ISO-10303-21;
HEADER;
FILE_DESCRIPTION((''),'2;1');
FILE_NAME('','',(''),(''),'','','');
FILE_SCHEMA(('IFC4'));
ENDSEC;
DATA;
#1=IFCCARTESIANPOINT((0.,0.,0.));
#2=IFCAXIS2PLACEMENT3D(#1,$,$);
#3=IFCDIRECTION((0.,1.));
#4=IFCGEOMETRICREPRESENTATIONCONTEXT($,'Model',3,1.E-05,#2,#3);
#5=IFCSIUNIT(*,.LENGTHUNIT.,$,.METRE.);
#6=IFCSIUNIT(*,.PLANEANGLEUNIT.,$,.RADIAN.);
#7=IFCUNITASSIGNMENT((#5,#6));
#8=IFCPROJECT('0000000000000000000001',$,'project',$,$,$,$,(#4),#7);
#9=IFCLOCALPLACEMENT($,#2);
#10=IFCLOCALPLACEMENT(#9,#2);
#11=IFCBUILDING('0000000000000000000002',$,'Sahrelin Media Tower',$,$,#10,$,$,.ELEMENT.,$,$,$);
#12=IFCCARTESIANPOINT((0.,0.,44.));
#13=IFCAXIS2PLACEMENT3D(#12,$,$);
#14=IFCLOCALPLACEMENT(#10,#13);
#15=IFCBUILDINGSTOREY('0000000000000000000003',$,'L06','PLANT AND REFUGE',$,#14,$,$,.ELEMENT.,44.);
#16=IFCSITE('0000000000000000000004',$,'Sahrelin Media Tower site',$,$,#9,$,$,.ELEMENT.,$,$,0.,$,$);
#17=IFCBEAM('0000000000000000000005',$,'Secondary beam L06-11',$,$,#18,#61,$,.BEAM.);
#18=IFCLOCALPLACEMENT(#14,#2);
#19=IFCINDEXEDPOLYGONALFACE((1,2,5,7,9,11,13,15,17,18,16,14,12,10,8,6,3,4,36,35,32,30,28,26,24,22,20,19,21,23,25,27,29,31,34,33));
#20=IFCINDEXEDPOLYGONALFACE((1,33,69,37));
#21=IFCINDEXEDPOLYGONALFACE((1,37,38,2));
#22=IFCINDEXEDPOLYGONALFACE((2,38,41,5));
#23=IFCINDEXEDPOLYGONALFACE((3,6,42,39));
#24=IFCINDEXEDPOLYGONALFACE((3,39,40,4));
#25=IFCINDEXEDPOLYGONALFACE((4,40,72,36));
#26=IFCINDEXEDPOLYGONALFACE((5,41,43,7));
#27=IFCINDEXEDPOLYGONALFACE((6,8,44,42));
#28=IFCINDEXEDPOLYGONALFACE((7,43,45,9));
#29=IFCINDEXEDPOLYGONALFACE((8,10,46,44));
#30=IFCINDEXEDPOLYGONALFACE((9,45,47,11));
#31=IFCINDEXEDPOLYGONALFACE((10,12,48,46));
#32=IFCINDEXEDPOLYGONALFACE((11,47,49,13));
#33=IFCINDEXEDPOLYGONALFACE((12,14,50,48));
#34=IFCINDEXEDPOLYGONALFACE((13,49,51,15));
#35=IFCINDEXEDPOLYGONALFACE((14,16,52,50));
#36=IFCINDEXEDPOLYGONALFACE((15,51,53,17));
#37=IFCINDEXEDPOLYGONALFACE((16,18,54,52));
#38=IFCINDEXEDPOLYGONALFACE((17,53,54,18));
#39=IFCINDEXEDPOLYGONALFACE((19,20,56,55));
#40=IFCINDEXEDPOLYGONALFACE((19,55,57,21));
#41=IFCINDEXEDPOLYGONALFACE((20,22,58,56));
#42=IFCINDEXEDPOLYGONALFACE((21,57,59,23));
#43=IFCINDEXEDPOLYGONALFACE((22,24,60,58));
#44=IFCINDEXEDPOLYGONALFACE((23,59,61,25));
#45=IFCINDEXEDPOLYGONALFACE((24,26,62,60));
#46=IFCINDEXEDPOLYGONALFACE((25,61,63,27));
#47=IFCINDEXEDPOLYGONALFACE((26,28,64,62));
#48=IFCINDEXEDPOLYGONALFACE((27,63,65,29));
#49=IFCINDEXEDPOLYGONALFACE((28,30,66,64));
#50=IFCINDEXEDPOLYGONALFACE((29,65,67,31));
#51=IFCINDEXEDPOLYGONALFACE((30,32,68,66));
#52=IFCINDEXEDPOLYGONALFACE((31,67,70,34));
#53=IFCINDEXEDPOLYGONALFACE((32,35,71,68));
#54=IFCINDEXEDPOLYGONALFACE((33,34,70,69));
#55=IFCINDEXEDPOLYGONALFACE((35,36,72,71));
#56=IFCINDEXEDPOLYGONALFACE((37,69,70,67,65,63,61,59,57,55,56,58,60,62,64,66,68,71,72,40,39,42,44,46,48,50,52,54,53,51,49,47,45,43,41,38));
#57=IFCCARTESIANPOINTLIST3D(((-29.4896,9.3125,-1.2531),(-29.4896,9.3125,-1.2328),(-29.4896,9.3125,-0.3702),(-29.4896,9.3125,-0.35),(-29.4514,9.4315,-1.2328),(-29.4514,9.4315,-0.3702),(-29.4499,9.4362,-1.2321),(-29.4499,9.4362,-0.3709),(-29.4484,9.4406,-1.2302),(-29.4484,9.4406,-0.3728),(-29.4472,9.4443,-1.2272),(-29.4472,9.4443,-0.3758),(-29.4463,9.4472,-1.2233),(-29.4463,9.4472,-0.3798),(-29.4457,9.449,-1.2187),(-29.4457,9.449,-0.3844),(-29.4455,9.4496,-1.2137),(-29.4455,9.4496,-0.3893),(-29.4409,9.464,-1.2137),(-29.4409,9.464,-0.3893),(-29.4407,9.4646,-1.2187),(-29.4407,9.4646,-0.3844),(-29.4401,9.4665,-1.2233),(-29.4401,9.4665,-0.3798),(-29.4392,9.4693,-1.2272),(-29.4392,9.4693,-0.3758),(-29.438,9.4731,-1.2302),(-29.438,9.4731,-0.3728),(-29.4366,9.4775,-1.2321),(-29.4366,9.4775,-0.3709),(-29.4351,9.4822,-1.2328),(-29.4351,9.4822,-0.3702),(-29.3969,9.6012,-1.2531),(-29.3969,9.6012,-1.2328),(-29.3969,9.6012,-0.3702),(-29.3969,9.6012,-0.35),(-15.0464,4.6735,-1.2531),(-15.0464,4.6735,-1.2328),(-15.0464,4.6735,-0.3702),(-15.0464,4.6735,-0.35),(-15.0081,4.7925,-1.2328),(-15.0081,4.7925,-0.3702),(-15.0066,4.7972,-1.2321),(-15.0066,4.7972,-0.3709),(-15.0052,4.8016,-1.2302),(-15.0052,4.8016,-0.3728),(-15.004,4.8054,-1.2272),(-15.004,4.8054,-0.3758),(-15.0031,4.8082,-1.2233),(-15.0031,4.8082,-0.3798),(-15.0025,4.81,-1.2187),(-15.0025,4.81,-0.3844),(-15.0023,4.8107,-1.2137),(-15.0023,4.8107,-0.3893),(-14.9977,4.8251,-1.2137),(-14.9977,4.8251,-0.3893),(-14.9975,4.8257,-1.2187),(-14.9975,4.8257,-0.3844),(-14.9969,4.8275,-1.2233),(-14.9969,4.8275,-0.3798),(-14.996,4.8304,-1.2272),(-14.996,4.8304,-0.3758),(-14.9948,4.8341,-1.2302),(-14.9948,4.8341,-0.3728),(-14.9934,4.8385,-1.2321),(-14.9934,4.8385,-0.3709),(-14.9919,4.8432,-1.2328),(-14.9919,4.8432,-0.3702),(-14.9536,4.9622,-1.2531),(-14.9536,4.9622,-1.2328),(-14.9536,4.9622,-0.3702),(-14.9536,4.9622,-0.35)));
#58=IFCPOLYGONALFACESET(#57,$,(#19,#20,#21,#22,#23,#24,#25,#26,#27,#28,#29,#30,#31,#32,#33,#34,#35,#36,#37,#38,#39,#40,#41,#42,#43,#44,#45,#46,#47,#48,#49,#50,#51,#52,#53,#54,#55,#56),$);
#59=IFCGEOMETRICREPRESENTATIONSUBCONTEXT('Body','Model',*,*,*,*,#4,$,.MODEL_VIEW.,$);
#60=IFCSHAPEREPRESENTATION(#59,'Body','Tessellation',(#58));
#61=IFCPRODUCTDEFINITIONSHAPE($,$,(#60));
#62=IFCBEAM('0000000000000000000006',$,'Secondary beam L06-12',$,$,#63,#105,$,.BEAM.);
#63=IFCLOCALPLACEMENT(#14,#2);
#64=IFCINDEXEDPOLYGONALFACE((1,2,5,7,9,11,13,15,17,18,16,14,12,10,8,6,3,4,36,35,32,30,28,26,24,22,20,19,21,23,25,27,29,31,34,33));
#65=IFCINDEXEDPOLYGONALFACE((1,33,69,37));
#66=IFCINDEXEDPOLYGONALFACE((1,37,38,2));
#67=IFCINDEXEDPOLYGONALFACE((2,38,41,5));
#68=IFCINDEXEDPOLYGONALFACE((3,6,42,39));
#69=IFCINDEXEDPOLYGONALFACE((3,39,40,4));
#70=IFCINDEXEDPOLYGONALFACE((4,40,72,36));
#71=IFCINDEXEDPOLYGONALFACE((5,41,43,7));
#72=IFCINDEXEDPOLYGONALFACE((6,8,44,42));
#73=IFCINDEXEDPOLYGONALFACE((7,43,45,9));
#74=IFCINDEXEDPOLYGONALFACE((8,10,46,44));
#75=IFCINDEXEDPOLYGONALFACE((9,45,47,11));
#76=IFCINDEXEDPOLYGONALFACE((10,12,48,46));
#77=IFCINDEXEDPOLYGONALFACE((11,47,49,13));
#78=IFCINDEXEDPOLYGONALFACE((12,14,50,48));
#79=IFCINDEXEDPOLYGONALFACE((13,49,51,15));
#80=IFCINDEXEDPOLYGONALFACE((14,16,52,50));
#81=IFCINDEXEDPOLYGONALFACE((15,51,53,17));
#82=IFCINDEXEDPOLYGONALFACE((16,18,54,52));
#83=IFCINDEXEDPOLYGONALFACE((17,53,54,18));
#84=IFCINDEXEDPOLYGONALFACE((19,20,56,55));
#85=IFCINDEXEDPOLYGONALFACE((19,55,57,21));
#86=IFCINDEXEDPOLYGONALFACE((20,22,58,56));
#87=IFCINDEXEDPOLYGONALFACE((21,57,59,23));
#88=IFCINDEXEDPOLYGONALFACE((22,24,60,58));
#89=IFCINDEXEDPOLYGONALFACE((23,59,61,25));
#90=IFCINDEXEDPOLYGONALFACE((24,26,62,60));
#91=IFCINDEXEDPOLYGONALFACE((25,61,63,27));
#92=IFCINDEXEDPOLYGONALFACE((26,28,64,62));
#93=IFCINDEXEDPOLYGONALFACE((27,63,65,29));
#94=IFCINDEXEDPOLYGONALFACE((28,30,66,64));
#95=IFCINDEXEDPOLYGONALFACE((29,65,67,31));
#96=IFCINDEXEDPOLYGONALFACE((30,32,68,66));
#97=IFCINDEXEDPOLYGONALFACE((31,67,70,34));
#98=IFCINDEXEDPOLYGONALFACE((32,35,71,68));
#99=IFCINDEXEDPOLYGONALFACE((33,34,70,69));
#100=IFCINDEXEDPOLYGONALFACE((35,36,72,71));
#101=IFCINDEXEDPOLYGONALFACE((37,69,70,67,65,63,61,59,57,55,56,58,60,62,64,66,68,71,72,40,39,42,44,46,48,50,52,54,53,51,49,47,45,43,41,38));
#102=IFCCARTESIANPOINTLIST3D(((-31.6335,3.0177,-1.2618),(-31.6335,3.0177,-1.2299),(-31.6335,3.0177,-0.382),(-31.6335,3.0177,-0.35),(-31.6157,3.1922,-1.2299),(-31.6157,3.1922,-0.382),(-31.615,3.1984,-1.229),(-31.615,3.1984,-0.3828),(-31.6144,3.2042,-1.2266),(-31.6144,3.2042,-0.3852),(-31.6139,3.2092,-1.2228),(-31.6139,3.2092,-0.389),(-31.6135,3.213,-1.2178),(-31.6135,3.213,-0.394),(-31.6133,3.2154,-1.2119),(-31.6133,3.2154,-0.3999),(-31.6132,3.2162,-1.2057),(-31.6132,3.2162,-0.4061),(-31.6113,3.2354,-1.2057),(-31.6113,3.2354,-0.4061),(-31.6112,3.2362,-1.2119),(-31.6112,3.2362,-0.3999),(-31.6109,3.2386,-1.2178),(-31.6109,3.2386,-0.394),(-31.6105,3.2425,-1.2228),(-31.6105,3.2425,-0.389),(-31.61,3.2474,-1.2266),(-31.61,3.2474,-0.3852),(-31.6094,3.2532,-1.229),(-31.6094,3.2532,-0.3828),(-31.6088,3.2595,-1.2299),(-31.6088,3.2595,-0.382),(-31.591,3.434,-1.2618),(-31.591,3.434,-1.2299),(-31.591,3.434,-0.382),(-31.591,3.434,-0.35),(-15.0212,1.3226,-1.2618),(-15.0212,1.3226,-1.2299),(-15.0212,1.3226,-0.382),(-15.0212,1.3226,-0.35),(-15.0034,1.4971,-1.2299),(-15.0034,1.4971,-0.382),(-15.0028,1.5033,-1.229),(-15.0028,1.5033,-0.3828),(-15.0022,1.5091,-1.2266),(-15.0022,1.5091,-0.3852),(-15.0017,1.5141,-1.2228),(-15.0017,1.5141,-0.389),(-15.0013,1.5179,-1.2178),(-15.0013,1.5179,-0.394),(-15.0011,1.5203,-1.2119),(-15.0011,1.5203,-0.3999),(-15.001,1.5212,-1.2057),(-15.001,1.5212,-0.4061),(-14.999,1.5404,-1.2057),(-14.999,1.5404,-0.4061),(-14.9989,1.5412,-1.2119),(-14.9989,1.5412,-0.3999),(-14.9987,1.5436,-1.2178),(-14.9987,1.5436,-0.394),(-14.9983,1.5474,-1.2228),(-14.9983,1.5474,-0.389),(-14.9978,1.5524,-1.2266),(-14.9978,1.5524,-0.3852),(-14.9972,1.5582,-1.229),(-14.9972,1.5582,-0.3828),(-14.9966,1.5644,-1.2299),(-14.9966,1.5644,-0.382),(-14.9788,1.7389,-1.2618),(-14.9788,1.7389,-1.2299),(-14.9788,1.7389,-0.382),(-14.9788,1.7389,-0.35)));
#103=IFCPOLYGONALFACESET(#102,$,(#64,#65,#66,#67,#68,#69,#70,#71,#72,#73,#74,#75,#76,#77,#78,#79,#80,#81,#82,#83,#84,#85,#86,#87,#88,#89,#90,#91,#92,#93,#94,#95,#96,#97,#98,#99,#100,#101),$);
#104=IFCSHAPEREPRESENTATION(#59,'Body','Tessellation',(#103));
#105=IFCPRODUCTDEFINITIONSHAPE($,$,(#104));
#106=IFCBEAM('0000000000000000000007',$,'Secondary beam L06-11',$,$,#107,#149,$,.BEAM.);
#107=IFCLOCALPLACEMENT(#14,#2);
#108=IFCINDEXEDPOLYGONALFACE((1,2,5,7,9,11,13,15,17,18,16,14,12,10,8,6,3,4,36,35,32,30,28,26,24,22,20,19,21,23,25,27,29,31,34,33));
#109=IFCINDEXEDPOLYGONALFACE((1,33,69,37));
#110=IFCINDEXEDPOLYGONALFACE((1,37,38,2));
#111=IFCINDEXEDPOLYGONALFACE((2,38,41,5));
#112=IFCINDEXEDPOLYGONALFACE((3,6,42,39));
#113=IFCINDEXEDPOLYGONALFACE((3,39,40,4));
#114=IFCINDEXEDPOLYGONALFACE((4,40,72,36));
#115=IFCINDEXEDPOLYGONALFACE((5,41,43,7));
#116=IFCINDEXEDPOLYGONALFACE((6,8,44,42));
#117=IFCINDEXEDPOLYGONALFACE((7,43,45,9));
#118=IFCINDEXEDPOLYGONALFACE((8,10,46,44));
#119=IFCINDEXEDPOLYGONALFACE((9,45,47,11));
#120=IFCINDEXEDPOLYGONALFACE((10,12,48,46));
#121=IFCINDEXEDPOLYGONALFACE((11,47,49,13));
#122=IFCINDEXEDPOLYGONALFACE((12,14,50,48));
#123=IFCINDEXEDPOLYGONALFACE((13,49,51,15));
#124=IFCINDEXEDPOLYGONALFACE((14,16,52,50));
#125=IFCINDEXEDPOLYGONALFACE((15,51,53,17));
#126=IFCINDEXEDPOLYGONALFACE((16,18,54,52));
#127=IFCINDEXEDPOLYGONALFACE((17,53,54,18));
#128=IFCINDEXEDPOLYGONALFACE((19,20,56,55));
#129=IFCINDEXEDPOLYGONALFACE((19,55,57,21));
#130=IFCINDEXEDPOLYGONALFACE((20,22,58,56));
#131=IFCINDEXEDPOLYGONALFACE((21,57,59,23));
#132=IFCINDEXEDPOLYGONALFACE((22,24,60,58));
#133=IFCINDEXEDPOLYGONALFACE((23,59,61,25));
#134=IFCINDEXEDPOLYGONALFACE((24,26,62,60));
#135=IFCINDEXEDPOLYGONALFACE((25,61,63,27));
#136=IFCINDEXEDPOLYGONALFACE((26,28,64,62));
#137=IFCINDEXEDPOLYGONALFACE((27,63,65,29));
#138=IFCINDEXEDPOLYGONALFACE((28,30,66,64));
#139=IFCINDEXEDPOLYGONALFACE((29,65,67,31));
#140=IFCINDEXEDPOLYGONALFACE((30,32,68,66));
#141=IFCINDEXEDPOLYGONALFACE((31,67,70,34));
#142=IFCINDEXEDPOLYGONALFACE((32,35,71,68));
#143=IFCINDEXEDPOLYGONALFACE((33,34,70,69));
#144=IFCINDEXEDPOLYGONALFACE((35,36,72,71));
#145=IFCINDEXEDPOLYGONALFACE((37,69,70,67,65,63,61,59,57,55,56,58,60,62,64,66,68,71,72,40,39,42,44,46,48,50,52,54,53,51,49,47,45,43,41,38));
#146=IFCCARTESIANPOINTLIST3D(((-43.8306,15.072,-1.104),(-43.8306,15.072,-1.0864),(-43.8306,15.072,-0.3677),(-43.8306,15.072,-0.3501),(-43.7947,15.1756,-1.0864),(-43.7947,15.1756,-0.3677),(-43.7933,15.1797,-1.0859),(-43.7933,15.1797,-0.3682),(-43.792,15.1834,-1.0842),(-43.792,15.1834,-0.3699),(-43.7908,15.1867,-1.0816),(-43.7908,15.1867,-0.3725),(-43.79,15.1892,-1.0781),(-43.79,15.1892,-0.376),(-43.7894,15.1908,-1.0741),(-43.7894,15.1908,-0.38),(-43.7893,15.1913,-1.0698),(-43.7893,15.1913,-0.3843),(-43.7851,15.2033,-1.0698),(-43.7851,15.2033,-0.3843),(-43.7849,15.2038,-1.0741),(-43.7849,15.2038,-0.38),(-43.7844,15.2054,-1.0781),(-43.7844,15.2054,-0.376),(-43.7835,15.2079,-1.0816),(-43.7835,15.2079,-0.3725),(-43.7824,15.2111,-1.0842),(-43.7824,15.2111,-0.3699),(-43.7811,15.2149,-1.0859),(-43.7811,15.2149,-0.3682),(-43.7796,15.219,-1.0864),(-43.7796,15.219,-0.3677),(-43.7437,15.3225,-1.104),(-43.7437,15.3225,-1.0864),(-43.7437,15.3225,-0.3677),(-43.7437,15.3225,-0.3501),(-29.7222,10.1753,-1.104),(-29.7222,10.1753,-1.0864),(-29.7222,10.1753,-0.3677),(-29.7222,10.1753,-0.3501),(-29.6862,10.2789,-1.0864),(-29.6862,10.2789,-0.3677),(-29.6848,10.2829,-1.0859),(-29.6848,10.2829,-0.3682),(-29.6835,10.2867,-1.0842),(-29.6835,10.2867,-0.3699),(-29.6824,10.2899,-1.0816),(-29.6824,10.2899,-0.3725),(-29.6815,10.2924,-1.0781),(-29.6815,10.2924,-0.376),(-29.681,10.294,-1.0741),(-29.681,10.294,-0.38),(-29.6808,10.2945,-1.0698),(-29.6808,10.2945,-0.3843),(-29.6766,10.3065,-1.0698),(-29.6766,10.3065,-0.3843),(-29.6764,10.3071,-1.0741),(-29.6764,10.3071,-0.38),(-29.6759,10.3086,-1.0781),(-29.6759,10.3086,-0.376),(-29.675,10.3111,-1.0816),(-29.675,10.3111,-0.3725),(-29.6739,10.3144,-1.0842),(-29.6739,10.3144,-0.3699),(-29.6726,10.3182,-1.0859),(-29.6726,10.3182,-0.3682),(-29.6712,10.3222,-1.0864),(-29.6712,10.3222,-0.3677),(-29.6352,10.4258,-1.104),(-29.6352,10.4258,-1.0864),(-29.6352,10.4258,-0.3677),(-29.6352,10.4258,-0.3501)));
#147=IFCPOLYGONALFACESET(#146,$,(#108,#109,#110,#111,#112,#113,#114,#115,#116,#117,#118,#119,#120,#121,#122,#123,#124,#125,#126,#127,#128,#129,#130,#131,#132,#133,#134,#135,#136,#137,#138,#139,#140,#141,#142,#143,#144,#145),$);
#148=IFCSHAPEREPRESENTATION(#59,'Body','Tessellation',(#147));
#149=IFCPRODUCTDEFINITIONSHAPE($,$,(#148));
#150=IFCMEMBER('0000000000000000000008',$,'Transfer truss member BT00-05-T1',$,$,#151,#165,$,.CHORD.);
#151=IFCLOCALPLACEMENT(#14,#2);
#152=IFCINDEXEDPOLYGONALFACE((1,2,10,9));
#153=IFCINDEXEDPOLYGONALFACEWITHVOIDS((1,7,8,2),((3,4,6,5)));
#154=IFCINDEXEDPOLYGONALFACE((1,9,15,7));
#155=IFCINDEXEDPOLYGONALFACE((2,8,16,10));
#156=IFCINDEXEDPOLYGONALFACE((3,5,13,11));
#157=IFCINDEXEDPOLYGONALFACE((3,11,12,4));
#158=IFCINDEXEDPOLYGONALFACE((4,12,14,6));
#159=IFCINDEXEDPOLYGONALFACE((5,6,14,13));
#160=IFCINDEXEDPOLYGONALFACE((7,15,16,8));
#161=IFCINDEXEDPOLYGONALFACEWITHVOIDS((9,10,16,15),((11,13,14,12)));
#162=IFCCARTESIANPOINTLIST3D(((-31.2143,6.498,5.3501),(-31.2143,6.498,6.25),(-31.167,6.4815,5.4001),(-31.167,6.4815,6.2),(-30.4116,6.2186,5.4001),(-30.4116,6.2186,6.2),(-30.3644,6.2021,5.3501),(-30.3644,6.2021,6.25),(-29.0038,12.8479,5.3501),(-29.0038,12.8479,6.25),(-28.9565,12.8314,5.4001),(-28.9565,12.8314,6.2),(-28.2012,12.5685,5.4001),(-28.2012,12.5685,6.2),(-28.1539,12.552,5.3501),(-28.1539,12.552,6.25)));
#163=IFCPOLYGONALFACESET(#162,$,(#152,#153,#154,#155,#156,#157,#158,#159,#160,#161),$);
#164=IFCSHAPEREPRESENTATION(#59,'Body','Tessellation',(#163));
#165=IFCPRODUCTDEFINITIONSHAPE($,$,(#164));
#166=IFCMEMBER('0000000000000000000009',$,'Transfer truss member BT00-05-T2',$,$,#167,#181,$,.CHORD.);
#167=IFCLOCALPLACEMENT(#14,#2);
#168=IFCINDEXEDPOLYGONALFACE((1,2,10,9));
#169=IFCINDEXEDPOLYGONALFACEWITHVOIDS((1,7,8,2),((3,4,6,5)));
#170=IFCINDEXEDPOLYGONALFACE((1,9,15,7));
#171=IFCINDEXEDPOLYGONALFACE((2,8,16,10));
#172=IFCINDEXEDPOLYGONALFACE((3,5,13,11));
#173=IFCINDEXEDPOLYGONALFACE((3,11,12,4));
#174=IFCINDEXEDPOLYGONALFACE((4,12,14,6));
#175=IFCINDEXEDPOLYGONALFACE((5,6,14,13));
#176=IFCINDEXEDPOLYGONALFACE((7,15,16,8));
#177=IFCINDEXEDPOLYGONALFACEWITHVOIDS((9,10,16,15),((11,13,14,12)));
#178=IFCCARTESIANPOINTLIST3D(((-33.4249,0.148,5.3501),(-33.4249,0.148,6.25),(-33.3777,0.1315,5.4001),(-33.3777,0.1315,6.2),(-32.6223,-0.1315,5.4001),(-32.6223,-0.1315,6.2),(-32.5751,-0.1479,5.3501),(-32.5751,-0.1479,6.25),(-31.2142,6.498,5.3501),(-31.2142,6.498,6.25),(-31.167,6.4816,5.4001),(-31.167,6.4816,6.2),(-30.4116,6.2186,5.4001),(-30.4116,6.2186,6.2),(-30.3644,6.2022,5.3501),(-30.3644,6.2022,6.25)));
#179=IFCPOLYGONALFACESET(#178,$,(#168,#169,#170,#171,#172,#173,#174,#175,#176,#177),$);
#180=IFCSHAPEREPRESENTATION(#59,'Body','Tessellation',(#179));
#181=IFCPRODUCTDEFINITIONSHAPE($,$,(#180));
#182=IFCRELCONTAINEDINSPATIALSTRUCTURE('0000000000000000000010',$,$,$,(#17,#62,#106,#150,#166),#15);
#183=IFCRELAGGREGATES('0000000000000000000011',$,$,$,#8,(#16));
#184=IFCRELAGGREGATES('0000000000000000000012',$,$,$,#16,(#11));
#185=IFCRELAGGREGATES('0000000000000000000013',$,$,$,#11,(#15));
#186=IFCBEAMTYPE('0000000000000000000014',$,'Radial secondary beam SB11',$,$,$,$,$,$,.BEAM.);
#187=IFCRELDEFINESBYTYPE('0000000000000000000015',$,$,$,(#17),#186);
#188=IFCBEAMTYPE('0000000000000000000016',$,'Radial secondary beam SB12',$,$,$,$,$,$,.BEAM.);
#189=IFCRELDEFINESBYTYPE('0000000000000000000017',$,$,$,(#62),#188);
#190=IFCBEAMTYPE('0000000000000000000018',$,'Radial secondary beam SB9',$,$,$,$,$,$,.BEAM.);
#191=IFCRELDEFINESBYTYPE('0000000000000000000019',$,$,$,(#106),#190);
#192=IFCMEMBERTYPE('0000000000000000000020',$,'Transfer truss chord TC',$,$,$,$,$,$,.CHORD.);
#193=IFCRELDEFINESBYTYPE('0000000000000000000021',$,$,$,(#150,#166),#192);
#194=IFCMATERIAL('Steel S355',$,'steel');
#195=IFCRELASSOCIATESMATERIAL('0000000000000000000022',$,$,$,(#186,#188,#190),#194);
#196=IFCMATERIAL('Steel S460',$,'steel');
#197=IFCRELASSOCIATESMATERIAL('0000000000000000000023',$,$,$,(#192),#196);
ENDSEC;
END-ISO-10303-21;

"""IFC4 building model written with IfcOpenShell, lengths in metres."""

from ifc_helpers import new_model, si_unit, direction, frame, origin, origin_2d, place, context, subcontext, project, spatial, hollow_rectangle, i_section, extrude, material, material_profile, profile_set, type_object, element, save


model = new_model("IFC4")

# Units and contexts
model_context = context("Model", 3, precision=1e-05, world=origin(), true_north=direction((0.0, 1.0)))
body_context = subcontext(model_context, "Body", "Model", "MODEL_VIEW")
ifc_project = project(units=[si_unit("LENGTHUNIT", "METRE"), si_unit("PLANEANGLEUNIT", "RADIAN")], contexts=[model_context])

# Site, building, storey
site_placement = place(None, origin())
site = spatial("IfcSite", under=ifc_project, at=site_placement, Name="Sahrelin Media Tower site", CompositionType="ELEMENT", RefElevation=0.0)
building_placement = place(site_placement, origin())
building = spatial("IfcBuilding", under=site, at=building_placement, Name="Sahrelin Media Tower", CompositionType="ELEMENT")
storey_placement = place(building_placement, frame((0.0, 0.0, 44.0)))
storey = spatial("IfcBuildingStorey", under=building, at=storey_placement, Name="L06", Description="PLANT AND REFUGE", CompositionType="ELEMENT", Elevation=44.0)

# Shared definitions
ifc_material_1 = material(Name="Steel S460", Category="steel")

# Beams
ifc_material_2 = material(Name="Steel S355", Category="steel")
ifc_material_profile_1 = material_profile(ifc_material_2, i_section(OverallWidth=0.3032, OverallDepth=0.9031, WebThickness=0.0151, FlangeThickness=0.0203, FilletRadius=0.019, at=origin_2d()), Name="UB 914x305x201")
ifc_profile_set_1 = profile_set([ifc_material_profile_1], Name="Steel S355")
beam_type_1 = type_object("IfcBeamType", Name="Radial secondary beam SB11", PredefinedType="BEAM", material=ifc_profile_set_1)
beam_1_placement = place(storey_placement, frame((-15.0, 4.8179, -0.8015), z_axis=(-0.952096, 0.305799, 0.0), x_axis=(-0.305799, -0.952096, 0.0)))
element("IfcBeam", 1, at=beam_1_placement, inside=storey, type_object=beam_type_1, Name="Secondary beam L06-11", PredefinedType="BEAM", context=body_context, shape_type="SweptSolid", body=[
    extrude(i_section(OverallWidth=0.3032, OverallDepth=0.9031, WebThickness=0.0151, FlangeThickness=0.0203, FilletRadius=0.019, at=origin_2d()), origin(), (0.0, 0.0, 1.0), 15.1699),
])
ifc_material_profile_2 = material_profile(ifc_material_2, i_section(OverallWidth=0.4185, OverallDepth=0.9119, WebThickness=0.0193, FlangeThickness=0.032, FilletRadius=0.0242, at=origin_2d()), Name="UB 914x419x343")
ifc_profile_set_2 = profile_set([ifc_material_profile_2], Name="Steel S355")
beam_type_2 = type_object("IfcBeamType", Name="Radial secondary beam SB12", PredefinedType="BEAM", material=ifc_profile_set_2)
beam_2_placement = place(storey_placement, frame((-15.0, 1.5308, -0.8059), z_axis=(-0.994835, 0.10151, 0.0), x_axis=(-0.10151, -0.994835, 0.0)))
element("IfcBeam", 2, at=beam_2_placement, inside=storey, type_object=beam_type_2, Name="Secondary beam L06-12", PredefinedType="BEAM", context=body_context, shape_type="SweptSolid", body=[
    extrude(i_section(OverallWidth=0.4185, OverallDepth=0.9119, WebThickness=0.0193, FlangeThickness=0.032, FilletRadius=0.0242, at=origin_2d()), origin(), (0.0, 0.0, 1.0), 16.6985),
])
ifc_material_profile_3 = material_profile(ifc_material_2, i_section(OverallWidth=0.2651, OverallDepth=0.7539, WebThickness=0.0127, FlangeThickness=0.0176, FilletRadius=0.0166, at=origin_2d()), Name="UB 762x267x147")
ifc_profile_set_3 = profile_set([ifc_material_profile_3], Name="Steel S355")
beam_type_3 = type_object("IfcBeamType", Name="Radial secondary beam SB9", PredefinedType="BEAM", material=ifc_profile_set_3)
beam_3_placement = place(storey_placement, frame((-29.6787, 10.3005, -0.7271), z_axis=(-0.944716, 0.327891, 0.0), x_axis=(-0.327891, -0.944716, 0.0)))
element("IfcBeam", 3, at=beam_3_placement, inside=storey, type_object=beam_type_3, Name="Secondary beam L06-11", PredefinedType="BEAM", context=body_context, shape_type="SweptSolid", body=[
    extrude(i_section(OverallWidth=0.2651, OverallDepth=0.7539, WebThickness=0.0127, FlangeThickness=0.0176, FilletRadius=0.0166, at=origin_2d()), origin(), (0.0, 0.0, 1.0), 14.9341),
])

# Members
ifc_material_profile_4 = material_profile(ifc_material_1, hollow_rectangle(XDim=0.8999, YDim=0.8999, WallThickness=0.05, at=origin_2d()), Name="Transfer truss chord TC")
ifc_profile_set_4 = profile_set([ifc_material_profile_4], Name="Steel S460")
member_type_1 = type_object("IfcMemberType", Name="Transfer truss chord TC", PredefinedType="CHORD", material=ifc_profile_set_4)
member_1_placement = place(storey_placement, frame((-28.5789, 12.7, 5.8), z_axis=(-0.32876, -0.944413, 0.0), x_axis=(0.944413, -0.32876, 0.0)))
element("IfcMember", 4, at=member_1_placement, inside=storey, type_object=member_type_1, Name="Transfer truss member BT00-05-T1", PredefinedType="CHORD", context=body_context, shape_type="SweptSolid", body=[
    extrude(hollow_rectangle(XDim=0.8999, YDim=0.8999, WallThickness=0.05, at=origin_2d()), origin(), (0.0, 0.0, 1.0), 6.7236),
])
member_2_placement = place(storey_placement, frame((-30.7893, 6.3501, 5.8), z_axis=(-0.328781, -0.944406, 0.0), x_axis=(0.944406, -0.328781, 0.0)))
element("IfcMember", 5, at=member_2_placement, inside=storey, type_object=member_type_1, Name="Transfer truss member BT00-05-T2", PredefinedType="CHORD", context=body_context, shape_type="SweptSolid", body=[
    extrude(hollow_rectangle(XDim=0.8999, YDim=0.8999, WallThickness=0.05, at=origin_2d()), origin(), (0.0, 0.0, 1.0), 6.7239),
])

save(model, "model.ifc")
